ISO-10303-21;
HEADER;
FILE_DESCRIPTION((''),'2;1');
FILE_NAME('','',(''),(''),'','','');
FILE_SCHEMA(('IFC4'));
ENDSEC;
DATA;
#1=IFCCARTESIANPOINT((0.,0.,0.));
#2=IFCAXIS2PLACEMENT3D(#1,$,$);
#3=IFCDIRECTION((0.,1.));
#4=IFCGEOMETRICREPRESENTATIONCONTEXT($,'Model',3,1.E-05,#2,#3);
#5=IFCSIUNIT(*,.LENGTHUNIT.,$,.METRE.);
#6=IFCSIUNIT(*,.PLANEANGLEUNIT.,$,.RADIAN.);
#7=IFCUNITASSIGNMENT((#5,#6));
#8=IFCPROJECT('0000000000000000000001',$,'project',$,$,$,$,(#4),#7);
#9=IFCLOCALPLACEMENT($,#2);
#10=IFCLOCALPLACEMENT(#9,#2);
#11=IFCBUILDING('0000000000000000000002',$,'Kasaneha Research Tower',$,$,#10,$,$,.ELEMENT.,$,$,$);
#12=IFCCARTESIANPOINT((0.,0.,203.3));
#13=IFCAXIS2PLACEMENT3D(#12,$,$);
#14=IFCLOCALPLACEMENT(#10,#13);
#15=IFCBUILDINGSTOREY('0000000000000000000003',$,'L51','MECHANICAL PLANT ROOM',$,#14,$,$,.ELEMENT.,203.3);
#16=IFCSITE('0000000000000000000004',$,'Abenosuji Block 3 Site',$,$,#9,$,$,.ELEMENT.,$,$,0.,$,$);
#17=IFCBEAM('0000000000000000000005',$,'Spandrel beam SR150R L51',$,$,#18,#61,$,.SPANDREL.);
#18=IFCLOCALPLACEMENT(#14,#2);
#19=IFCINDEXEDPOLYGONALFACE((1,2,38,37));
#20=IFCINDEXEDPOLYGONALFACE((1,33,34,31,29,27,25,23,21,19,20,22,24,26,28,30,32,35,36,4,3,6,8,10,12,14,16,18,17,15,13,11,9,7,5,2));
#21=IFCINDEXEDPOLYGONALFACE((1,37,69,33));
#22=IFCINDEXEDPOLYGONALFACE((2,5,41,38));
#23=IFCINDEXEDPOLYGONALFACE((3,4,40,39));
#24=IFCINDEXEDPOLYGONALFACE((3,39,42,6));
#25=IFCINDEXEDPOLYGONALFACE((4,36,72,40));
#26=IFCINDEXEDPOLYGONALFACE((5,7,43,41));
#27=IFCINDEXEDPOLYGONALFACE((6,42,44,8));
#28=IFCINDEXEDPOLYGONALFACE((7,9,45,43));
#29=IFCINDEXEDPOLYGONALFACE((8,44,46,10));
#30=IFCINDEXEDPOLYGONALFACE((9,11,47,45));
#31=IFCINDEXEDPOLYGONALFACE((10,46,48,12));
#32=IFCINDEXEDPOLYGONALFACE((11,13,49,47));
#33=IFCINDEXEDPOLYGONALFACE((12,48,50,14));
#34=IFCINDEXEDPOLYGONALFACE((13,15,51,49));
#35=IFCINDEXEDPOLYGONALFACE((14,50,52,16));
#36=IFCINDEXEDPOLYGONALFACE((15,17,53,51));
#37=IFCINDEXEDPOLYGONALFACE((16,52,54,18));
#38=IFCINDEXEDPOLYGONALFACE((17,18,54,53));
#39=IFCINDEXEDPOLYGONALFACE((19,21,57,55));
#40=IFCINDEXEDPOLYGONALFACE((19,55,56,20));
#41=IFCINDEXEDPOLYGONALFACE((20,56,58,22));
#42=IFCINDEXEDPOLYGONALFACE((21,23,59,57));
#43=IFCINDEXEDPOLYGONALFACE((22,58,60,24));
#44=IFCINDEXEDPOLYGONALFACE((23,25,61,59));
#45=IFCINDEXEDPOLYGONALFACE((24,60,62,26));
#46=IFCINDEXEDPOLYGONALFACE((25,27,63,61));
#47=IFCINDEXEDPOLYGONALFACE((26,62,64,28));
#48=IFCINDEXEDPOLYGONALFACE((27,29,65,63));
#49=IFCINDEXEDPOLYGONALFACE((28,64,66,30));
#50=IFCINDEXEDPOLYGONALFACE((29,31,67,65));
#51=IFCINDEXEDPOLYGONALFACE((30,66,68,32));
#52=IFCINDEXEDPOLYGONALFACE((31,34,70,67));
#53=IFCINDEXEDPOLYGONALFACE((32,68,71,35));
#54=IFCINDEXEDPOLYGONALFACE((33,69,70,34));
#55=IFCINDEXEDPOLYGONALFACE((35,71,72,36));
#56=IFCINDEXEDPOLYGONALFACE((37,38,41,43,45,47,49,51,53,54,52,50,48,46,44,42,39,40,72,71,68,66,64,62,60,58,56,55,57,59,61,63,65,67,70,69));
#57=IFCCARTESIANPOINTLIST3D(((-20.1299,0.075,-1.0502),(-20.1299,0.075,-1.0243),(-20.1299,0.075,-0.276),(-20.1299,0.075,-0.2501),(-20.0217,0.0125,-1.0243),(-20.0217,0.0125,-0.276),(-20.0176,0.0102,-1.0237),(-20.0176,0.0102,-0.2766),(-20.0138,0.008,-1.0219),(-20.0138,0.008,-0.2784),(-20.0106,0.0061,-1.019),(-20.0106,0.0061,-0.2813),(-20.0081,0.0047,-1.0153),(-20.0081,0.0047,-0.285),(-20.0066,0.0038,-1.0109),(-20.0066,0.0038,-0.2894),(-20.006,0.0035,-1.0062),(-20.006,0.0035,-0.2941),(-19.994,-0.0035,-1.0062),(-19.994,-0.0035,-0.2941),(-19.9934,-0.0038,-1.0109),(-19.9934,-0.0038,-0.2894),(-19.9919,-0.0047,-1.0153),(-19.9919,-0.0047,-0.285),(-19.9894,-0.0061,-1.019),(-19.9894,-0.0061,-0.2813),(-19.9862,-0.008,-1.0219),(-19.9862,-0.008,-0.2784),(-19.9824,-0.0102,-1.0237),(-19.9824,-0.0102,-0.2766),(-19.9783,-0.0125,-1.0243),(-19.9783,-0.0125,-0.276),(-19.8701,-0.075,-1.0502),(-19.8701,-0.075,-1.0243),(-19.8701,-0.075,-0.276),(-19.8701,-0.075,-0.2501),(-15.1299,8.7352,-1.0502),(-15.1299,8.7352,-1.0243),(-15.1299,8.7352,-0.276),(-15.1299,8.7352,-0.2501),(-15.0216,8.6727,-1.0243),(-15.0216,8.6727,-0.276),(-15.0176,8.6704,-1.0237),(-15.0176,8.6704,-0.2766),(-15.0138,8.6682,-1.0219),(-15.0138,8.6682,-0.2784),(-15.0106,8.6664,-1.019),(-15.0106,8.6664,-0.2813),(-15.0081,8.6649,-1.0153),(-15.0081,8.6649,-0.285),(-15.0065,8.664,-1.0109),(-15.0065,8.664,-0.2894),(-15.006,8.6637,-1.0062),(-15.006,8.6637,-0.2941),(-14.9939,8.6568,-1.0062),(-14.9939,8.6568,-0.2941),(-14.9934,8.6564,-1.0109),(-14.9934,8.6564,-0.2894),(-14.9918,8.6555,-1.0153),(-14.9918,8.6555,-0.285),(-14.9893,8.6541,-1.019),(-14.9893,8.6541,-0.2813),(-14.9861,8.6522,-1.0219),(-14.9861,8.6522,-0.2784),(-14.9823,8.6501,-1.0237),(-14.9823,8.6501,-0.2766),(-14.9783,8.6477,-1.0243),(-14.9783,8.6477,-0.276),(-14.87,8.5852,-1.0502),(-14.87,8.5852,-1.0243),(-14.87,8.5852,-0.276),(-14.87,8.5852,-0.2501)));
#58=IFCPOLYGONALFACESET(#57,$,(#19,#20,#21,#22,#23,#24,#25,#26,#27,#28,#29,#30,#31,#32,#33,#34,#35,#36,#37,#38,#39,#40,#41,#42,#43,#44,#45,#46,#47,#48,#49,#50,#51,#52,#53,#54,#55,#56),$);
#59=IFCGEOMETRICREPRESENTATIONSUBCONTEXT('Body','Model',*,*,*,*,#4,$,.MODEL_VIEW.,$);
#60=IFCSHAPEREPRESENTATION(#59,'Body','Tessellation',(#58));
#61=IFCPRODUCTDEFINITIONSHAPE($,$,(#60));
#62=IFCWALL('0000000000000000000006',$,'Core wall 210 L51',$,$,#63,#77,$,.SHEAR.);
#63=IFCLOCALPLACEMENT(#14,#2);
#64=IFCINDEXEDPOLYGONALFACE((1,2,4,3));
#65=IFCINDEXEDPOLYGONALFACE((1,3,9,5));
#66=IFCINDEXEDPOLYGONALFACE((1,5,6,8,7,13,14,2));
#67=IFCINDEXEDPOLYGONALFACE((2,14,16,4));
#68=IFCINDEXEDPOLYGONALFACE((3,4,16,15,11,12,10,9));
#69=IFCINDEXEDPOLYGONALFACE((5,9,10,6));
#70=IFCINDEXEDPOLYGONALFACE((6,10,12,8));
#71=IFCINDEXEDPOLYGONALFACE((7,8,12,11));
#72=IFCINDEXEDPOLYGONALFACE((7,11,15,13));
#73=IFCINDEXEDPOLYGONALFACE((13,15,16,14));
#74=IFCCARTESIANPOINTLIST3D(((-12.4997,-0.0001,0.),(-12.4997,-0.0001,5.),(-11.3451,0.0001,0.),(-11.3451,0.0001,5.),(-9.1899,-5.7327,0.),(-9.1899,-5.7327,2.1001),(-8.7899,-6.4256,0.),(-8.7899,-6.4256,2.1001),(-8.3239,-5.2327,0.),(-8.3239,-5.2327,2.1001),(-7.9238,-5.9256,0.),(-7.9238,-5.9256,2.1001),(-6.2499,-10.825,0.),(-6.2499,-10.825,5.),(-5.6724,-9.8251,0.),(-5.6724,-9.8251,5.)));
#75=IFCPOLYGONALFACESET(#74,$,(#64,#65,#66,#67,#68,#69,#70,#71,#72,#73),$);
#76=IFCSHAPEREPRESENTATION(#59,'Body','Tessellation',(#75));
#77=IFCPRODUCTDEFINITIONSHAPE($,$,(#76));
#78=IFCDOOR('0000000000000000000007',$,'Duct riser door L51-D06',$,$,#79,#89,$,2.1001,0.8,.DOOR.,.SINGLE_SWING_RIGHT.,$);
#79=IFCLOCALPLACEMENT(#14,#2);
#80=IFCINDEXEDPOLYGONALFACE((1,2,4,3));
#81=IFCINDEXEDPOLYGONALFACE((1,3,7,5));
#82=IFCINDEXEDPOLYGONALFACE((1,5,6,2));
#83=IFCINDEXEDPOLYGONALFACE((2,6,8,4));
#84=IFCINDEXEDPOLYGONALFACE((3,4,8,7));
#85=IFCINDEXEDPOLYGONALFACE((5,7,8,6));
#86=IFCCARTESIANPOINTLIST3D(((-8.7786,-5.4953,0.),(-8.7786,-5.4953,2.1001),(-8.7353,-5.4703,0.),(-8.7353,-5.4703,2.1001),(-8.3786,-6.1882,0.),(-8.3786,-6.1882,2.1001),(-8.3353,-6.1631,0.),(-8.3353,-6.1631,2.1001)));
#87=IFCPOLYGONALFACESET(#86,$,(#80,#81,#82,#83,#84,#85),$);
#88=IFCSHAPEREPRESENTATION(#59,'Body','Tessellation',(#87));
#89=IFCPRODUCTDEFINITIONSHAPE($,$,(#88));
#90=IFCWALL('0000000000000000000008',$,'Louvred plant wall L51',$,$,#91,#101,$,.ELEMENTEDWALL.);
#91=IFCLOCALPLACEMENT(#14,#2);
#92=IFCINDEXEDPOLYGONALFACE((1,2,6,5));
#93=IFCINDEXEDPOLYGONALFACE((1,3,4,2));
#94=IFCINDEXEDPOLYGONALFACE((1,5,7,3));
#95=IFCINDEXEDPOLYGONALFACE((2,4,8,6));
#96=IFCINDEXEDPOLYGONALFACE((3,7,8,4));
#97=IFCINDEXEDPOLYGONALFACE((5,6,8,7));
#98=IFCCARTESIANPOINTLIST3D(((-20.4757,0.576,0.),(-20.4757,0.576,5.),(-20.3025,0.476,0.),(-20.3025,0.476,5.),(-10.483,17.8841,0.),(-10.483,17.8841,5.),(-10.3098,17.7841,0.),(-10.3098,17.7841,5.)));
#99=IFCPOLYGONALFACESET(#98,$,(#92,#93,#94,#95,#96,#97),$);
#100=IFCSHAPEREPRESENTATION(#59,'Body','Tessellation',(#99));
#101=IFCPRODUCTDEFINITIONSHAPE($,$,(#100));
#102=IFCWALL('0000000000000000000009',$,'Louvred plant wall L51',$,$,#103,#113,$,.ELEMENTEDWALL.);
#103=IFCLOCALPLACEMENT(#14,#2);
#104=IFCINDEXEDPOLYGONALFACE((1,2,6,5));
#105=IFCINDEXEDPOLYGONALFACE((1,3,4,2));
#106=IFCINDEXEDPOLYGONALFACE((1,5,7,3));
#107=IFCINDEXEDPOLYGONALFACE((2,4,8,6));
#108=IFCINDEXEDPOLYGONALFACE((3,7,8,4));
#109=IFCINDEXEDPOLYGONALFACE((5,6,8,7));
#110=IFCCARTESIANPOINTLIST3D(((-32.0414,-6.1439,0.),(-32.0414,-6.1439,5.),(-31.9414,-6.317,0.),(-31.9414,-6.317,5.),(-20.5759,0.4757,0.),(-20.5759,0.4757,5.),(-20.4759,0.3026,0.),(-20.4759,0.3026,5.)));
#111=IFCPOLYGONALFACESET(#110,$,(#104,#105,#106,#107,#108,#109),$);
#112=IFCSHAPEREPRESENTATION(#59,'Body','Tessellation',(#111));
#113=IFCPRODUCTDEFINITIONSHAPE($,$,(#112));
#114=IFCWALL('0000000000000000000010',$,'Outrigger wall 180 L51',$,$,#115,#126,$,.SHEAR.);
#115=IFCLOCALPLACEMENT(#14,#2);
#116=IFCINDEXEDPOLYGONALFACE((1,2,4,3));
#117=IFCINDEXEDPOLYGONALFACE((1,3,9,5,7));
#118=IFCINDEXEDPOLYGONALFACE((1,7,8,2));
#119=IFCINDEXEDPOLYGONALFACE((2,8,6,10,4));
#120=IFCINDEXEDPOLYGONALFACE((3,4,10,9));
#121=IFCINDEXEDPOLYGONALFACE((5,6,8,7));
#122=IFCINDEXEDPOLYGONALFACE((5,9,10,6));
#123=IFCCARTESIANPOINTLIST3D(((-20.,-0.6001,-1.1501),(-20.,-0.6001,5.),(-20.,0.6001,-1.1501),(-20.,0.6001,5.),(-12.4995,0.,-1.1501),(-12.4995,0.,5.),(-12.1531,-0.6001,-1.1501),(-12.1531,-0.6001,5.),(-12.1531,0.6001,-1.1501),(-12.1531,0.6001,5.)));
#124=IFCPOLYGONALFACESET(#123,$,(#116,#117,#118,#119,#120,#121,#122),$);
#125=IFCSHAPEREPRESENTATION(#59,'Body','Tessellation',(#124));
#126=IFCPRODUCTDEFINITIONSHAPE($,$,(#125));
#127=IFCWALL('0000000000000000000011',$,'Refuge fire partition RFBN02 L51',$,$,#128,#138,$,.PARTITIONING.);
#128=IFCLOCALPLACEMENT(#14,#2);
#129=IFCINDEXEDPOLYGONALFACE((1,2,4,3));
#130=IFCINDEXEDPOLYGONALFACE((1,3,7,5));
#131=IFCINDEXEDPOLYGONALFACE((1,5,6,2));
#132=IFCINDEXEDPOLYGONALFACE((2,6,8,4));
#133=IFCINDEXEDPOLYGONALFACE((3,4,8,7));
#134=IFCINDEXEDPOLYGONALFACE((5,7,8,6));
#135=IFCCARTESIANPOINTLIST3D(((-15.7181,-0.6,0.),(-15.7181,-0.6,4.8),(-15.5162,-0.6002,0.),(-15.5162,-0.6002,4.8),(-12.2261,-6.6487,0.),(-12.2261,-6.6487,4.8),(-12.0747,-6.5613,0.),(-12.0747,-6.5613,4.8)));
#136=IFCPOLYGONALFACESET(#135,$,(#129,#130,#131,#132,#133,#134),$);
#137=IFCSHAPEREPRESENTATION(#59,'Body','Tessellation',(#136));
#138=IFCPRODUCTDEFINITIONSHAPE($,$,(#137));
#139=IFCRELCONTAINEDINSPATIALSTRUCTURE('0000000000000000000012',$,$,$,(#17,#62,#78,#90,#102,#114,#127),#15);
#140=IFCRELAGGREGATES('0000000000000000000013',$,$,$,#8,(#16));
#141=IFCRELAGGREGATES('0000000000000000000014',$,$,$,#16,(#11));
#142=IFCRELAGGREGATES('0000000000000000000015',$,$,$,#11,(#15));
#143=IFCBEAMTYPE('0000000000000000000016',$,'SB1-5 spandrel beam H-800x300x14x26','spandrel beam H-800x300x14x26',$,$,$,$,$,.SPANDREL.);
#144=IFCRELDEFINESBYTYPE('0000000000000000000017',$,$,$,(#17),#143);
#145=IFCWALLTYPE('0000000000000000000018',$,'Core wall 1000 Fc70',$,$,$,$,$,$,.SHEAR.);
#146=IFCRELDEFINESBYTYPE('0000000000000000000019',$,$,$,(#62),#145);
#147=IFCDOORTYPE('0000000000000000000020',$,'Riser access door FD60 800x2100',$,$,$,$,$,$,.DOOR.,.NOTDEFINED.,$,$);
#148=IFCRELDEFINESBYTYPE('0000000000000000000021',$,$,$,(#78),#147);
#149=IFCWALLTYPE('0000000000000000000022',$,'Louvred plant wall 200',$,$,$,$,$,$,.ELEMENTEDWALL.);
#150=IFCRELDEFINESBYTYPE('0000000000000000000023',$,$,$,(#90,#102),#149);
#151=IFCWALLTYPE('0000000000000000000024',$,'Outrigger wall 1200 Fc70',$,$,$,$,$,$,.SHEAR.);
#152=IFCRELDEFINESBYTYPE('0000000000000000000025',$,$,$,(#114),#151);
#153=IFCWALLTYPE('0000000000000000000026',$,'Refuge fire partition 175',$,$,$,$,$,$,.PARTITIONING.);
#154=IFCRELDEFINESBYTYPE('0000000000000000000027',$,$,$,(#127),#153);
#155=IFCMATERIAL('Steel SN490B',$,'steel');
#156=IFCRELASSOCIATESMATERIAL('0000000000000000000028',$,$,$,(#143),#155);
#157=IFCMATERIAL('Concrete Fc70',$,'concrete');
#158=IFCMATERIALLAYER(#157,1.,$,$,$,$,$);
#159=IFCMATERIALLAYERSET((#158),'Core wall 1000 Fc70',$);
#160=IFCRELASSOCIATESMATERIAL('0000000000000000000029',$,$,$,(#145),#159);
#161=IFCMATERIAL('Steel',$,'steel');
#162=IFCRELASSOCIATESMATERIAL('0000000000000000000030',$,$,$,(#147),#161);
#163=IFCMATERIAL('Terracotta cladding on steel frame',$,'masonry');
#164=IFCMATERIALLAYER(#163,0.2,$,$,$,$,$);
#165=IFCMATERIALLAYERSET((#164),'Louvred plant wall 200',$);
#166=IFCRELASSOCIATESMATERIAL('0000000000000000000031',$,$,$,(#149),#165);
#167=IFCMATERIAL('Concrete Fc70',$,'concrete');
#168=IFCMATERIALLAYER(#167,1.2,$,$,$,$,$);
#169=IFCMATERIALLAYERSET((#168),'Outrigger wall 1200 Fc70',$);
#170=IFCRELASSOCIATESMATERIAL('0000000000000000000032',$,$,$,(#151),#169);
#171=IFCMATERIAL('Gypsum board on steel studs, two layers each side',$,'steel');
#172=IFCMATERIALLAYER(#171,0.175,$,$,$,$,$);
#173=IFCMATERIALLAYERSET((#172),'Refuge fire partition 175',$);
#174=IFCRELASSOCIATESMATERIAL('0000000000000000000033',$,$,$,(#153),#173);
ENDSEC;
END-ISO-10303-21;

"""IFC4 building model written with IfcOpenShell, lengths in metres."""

from ifc_helpers import new_model, si_unit, direction, frame, frame_2d, origin, origin_2d, place, context, subcontext, project, spatial, polyline, rectangle, i_section, outline, extrude, material, layer, layer_set, material_profile, profile_set, type_object, element, fill, save


model = new_model("IFC4")

# Units and contexts
model_context = context("Model", 3, precision=1e-05, world=origin(), true_north=direction((0.0, 1.0)))
body_context = subcontext(model_context, "Body", "Model", "MODEL_VIEW")
ifc_project = project(units=[si_unit("LENGTHUNIT", "METRE"), si_unit("PLANEANGLEUNIT", "RADIAN")], contexts=[model_context])

# Site, building, storey
site_placement = place(None, origin())
site = spatial("IfcSite", under=ifc_project, at=site_placement, Name="Abenosuji Block 3 Site", CompositionType="ELEMENT", RefElevation=0.0)
building_placement = place(site_placement, origin())
building = spatial("IfcBuilding", under=site, at=building_placement, Name="Kasaneha Research Tower", CompositionType="ELEMENT")
storey_placement = place(building_placement, frame((0.0, 0.0, 203.3)))
storey = spatial("IfcBuildingStorey", under=building, at=storey_placement, Name="L51", Description="MECHANICAL PLANT ROOM", CompositionType="ELEMENT", Elevation=203.3)

# Beam
ifc_material_1 = material(Name="Steel SN490B", Category="steel")
ifc_material_profile_1 = material_profile(ifc_material_1, i_section(OverallWidth=0.3, OverallDepth=0.8, WebThickness=0.0139, FlangeThickness=0.0259, FilletRadius=0.0181, at=origin_2d()), Name="H-800x300x14x26")
ifc_profile_set_1 = profile_set([ifc_material_profile_1], Name="Steel SN490B")
beam_type_1 = type_object("IfcBeamType", Name="SB1-5 spandrel beam H-800x300x14x26", Description="spandrel beam H-800x300x14x26", PredefinedType="SPANDREL", material=ifc_profile_set_1)
beam_1_placement = place(storey_placement, frame((-20.0, 0.0, -0.6501), z_axis=(0.500004, 0.866023, 0.0), x_axis=(-0.866023, 0.500004, 0.0)))
element("IfcBeam", 1, at=beam_1_placement, inside=storey, type_object=beam_type_1, Name="Spandrel beam SR150R L51", PredefinedType="SPANDREL", context=body_context, shape_type="SweptSolid", body=[
    extrude(i_section(OverallWidth=0.3, OverallDepth=0.8, WebThickness=0.0139, FlangeThickness=0.0259, FilletRadius=0.0181, at=origin_2d()), origin(), (0.0, 0.0, 1.0), 10.0),
])

# Wall, opening, door
ifc_material_2 = material(Name="Concrete Fc70", Category="concrete")
ifc_layer_1 = layer(ifc_material_2, 1.0)
ifc_layer_set_1 = layer_set([ifc_layer_1], Name="Core wall 1000 Fc70")
wall_type_1 = type_object("IfcWallType", Name="Core wall 1000 Fc70", PredefinedType="SHEAR", material=ifc_layer_set_1)
wall_1_placement = place(storey_placement, frame((-11.9224, 0.0, 0.0), z_axis=(0.0, 0.0, 1.0), x_axis=(0.500004, -0.866023, 0.0)))
wall_1 = element("IfcWall", 2, at=wall_1_placement, inside=storey, type_object=wall_type_1, Name="Core wall 210 L51", PredefinedType="SHEAR", context=body_context, shape_type="SweptSolid", body=[
    extrude(outline(polyline([(-0.2886, -0.5), (6.3311, -0.5), (7.1311, -0.5), (12.2109, -0.5), (11.6338, 0.5), (7.1311, 0.5), (6.3311, 0.5), (0.2886, 0.5), (-0.2886, -0.5)])), origin(), (0.0, 0.0, 1.0), 5.0),
])
opening_placement = place(wall_1_placement, frame((6.3311, 0.0, 0.0)))
opening = element("IfcOpeningElement", 3, at=opening_placement, cuts=wall_1, PredefinedType="OPENING", context=body_context, shape_type="SweptSolid", body=[
    extrude(rectangle(XDim=0.8, YDim=2.1001, at=frame_2d((0.3999, 1.05))), frame((0.0, 0.51, 0.0), z_axis=(0.0, -1.0, 0.0), x_axis=(1.0, 0.0, 0.0)), (0.0, 0.0, 1.0), 1.02),
])
ifc_material_3 = material(Name="Steel", Category="steel")
door_type = type_object("IfcDoorType", Name="Riser access door FD60 800x2100", OperationType="NOTDEFINED", PredefinedType="DOOR", material=ifc_material_3)
door_placement = place(opening_placement, origin())
door = element("IfcDoor", 4, at=door_placement, inside=storey, type_object=door_type, Name="Duct riser door L51-D06", OperationType="SINGLE_SWING_RIGHT", OverallHeight=2.1001, OverallWidth=0.8, PredefinedType="DOOR", context=body_context, shape_type="SweptSolid", body=[
    extrude(rectangle(XDim=0.8, YDim=2.1001, at=frame_2d((0.3999, 1.05))), frame((0.0, 0.0249, 0.0), z_axis=(0.0, -1.0, 0.0), x_axis=(1.0, 0.0, 0.0)), (0.0, 0.0, 1.0), 0.05),
])
fill(opening, door)

# Walls
ifc_material_4 = material(Name="Terracotta cladding on steel frame", Category="masonry")
ifc_layer_2 = layer(ifc_material_4, 0.2)
ifc_layer_set_2 = layer_set([ifc_layer_2], Name="Louvred plant wall 200")
wall_type_2 = type_object("IfcWallType", Name="Louvred plant wall 200", PredefinedType="ELEMENTEDWALL", material=ifc_layer_set_2)
wall_2_placement = place(storey_placement, frame((-10.3965, 17.834, 0.0), z_axis=(0.0, 0.0, 1.0), x_axis=(-0.499994, -0.866029, 0.0)))
element("IfcWall", 5, at=wall_2_placement, inside=storey, type_object=wall_type_2, Name="Louvred plant wall L51", PredefinedType="ELEMENTEDWALL", context=body_context, shape_type="SweptSolid", body=[
    extrude(rectangle(XDim=19.9856, YDim=0.2, at=frame_2d((9.9927, 0.0))), origin(), (0.0, 0.0, 1.0), 5.0),
])
wall_3_placement = place(storey_placement, frame((-20.5259, 0.3892, 0.0), z_axis=(0.0, 0.0, 1.0), x_axis=(-0.866026, -0.499999, 0.0)))
element("IfcWall", 6, at=wall_3_placement, inside=storey, type_object=wall_type_2, Name="Louvred plant wall L51", PredefinedType="ELEMENTEDWALL", context=body_context, shape_type="SweptSolid", body=[
    extrude(rectangle(XDim=13.2393, YDim=0.2, at=frame_2d((6.6196, 0.0))), origin(), (0.0, 0.0, 1.0), 5.0),
])
ifc_material_5 = material(Name="Concrete Fc70", Category="concrete")
ifc_layer_3 = layer(ifc_material_5, 1.2)
ifc_layer_set_3 = layer_set([ifc_layer_3], Name="Outrigger wall 1200 Fc70")
wall_type_3 = type_object("IfcWallType", Name="Outrigger wall 1200 Fc70", PredefinedType="SHEAR", material=ifc_layer_set_3)
wall_4_placement = place(storey_placement, frame((-12.4995, 0.0, -1.1501), z_axis=(0.0, 0.0, 1.0), x_axis=(-1.0, 0.0, 0.0)))
element("IfcWall", 7, at=wall_4_placement, inside=storey, type_object=wall_type_3, Name="Outrigger wall 180 L51", PredefinedType="SHEAR", context=body_context, shape_type="SweptSolid", body=[
    extrude(outline(polyline([(-0.3464, -0.6001), (7.5005, -0.6001), (7.5005, 0.6001), (-0.3464, 0.6001), (0.0, 0.0), (-0.3464, -0.6001)])), origin(), (0.0, 0.0, 1.0), 6.1501),
])
ifc_material_6 = material(Name="Gypsum board on steel studs, two layers each side", Category="steel")
ifc_layer_4 = layer(ifc_material_6, 0.175)
ifc_layer_set_4 = layer_set([ifc_layer_4], Name="Refuge fire partition 175")
wall_type_4 = type_object("IfcWallType", Name="Refuge fire partition 175", PredefinedType="PARTITIONING", material=ifc_layer_set_4)
wall_5_placement = place(storey_placement, frame((-15.6172, -0.6001, 0.0), z_axis=(0.0, 0.0, 1.0), x_axis=(0.499987, -0.866033, 0.0)))
element("IfcWall", 8, at=wall_5_placement, inside=storey, type_object=wall_type_4, Name="Refuge fire partition RFBN02 L51", PredefinedType="PARTITIONING", context=body_context, shape_type="SweptSolid", body=[
    extrude(outline(polyline([(-0.0505, -0.0874), (6.9338, -0.0874), (6.9338, 0.0874), (0.0505, 0.0874), (-0.0505, -0.0874)])), origin(), (0.0, 0.0, 1.0), 4.8),
])

save(model, "model.ifc")
